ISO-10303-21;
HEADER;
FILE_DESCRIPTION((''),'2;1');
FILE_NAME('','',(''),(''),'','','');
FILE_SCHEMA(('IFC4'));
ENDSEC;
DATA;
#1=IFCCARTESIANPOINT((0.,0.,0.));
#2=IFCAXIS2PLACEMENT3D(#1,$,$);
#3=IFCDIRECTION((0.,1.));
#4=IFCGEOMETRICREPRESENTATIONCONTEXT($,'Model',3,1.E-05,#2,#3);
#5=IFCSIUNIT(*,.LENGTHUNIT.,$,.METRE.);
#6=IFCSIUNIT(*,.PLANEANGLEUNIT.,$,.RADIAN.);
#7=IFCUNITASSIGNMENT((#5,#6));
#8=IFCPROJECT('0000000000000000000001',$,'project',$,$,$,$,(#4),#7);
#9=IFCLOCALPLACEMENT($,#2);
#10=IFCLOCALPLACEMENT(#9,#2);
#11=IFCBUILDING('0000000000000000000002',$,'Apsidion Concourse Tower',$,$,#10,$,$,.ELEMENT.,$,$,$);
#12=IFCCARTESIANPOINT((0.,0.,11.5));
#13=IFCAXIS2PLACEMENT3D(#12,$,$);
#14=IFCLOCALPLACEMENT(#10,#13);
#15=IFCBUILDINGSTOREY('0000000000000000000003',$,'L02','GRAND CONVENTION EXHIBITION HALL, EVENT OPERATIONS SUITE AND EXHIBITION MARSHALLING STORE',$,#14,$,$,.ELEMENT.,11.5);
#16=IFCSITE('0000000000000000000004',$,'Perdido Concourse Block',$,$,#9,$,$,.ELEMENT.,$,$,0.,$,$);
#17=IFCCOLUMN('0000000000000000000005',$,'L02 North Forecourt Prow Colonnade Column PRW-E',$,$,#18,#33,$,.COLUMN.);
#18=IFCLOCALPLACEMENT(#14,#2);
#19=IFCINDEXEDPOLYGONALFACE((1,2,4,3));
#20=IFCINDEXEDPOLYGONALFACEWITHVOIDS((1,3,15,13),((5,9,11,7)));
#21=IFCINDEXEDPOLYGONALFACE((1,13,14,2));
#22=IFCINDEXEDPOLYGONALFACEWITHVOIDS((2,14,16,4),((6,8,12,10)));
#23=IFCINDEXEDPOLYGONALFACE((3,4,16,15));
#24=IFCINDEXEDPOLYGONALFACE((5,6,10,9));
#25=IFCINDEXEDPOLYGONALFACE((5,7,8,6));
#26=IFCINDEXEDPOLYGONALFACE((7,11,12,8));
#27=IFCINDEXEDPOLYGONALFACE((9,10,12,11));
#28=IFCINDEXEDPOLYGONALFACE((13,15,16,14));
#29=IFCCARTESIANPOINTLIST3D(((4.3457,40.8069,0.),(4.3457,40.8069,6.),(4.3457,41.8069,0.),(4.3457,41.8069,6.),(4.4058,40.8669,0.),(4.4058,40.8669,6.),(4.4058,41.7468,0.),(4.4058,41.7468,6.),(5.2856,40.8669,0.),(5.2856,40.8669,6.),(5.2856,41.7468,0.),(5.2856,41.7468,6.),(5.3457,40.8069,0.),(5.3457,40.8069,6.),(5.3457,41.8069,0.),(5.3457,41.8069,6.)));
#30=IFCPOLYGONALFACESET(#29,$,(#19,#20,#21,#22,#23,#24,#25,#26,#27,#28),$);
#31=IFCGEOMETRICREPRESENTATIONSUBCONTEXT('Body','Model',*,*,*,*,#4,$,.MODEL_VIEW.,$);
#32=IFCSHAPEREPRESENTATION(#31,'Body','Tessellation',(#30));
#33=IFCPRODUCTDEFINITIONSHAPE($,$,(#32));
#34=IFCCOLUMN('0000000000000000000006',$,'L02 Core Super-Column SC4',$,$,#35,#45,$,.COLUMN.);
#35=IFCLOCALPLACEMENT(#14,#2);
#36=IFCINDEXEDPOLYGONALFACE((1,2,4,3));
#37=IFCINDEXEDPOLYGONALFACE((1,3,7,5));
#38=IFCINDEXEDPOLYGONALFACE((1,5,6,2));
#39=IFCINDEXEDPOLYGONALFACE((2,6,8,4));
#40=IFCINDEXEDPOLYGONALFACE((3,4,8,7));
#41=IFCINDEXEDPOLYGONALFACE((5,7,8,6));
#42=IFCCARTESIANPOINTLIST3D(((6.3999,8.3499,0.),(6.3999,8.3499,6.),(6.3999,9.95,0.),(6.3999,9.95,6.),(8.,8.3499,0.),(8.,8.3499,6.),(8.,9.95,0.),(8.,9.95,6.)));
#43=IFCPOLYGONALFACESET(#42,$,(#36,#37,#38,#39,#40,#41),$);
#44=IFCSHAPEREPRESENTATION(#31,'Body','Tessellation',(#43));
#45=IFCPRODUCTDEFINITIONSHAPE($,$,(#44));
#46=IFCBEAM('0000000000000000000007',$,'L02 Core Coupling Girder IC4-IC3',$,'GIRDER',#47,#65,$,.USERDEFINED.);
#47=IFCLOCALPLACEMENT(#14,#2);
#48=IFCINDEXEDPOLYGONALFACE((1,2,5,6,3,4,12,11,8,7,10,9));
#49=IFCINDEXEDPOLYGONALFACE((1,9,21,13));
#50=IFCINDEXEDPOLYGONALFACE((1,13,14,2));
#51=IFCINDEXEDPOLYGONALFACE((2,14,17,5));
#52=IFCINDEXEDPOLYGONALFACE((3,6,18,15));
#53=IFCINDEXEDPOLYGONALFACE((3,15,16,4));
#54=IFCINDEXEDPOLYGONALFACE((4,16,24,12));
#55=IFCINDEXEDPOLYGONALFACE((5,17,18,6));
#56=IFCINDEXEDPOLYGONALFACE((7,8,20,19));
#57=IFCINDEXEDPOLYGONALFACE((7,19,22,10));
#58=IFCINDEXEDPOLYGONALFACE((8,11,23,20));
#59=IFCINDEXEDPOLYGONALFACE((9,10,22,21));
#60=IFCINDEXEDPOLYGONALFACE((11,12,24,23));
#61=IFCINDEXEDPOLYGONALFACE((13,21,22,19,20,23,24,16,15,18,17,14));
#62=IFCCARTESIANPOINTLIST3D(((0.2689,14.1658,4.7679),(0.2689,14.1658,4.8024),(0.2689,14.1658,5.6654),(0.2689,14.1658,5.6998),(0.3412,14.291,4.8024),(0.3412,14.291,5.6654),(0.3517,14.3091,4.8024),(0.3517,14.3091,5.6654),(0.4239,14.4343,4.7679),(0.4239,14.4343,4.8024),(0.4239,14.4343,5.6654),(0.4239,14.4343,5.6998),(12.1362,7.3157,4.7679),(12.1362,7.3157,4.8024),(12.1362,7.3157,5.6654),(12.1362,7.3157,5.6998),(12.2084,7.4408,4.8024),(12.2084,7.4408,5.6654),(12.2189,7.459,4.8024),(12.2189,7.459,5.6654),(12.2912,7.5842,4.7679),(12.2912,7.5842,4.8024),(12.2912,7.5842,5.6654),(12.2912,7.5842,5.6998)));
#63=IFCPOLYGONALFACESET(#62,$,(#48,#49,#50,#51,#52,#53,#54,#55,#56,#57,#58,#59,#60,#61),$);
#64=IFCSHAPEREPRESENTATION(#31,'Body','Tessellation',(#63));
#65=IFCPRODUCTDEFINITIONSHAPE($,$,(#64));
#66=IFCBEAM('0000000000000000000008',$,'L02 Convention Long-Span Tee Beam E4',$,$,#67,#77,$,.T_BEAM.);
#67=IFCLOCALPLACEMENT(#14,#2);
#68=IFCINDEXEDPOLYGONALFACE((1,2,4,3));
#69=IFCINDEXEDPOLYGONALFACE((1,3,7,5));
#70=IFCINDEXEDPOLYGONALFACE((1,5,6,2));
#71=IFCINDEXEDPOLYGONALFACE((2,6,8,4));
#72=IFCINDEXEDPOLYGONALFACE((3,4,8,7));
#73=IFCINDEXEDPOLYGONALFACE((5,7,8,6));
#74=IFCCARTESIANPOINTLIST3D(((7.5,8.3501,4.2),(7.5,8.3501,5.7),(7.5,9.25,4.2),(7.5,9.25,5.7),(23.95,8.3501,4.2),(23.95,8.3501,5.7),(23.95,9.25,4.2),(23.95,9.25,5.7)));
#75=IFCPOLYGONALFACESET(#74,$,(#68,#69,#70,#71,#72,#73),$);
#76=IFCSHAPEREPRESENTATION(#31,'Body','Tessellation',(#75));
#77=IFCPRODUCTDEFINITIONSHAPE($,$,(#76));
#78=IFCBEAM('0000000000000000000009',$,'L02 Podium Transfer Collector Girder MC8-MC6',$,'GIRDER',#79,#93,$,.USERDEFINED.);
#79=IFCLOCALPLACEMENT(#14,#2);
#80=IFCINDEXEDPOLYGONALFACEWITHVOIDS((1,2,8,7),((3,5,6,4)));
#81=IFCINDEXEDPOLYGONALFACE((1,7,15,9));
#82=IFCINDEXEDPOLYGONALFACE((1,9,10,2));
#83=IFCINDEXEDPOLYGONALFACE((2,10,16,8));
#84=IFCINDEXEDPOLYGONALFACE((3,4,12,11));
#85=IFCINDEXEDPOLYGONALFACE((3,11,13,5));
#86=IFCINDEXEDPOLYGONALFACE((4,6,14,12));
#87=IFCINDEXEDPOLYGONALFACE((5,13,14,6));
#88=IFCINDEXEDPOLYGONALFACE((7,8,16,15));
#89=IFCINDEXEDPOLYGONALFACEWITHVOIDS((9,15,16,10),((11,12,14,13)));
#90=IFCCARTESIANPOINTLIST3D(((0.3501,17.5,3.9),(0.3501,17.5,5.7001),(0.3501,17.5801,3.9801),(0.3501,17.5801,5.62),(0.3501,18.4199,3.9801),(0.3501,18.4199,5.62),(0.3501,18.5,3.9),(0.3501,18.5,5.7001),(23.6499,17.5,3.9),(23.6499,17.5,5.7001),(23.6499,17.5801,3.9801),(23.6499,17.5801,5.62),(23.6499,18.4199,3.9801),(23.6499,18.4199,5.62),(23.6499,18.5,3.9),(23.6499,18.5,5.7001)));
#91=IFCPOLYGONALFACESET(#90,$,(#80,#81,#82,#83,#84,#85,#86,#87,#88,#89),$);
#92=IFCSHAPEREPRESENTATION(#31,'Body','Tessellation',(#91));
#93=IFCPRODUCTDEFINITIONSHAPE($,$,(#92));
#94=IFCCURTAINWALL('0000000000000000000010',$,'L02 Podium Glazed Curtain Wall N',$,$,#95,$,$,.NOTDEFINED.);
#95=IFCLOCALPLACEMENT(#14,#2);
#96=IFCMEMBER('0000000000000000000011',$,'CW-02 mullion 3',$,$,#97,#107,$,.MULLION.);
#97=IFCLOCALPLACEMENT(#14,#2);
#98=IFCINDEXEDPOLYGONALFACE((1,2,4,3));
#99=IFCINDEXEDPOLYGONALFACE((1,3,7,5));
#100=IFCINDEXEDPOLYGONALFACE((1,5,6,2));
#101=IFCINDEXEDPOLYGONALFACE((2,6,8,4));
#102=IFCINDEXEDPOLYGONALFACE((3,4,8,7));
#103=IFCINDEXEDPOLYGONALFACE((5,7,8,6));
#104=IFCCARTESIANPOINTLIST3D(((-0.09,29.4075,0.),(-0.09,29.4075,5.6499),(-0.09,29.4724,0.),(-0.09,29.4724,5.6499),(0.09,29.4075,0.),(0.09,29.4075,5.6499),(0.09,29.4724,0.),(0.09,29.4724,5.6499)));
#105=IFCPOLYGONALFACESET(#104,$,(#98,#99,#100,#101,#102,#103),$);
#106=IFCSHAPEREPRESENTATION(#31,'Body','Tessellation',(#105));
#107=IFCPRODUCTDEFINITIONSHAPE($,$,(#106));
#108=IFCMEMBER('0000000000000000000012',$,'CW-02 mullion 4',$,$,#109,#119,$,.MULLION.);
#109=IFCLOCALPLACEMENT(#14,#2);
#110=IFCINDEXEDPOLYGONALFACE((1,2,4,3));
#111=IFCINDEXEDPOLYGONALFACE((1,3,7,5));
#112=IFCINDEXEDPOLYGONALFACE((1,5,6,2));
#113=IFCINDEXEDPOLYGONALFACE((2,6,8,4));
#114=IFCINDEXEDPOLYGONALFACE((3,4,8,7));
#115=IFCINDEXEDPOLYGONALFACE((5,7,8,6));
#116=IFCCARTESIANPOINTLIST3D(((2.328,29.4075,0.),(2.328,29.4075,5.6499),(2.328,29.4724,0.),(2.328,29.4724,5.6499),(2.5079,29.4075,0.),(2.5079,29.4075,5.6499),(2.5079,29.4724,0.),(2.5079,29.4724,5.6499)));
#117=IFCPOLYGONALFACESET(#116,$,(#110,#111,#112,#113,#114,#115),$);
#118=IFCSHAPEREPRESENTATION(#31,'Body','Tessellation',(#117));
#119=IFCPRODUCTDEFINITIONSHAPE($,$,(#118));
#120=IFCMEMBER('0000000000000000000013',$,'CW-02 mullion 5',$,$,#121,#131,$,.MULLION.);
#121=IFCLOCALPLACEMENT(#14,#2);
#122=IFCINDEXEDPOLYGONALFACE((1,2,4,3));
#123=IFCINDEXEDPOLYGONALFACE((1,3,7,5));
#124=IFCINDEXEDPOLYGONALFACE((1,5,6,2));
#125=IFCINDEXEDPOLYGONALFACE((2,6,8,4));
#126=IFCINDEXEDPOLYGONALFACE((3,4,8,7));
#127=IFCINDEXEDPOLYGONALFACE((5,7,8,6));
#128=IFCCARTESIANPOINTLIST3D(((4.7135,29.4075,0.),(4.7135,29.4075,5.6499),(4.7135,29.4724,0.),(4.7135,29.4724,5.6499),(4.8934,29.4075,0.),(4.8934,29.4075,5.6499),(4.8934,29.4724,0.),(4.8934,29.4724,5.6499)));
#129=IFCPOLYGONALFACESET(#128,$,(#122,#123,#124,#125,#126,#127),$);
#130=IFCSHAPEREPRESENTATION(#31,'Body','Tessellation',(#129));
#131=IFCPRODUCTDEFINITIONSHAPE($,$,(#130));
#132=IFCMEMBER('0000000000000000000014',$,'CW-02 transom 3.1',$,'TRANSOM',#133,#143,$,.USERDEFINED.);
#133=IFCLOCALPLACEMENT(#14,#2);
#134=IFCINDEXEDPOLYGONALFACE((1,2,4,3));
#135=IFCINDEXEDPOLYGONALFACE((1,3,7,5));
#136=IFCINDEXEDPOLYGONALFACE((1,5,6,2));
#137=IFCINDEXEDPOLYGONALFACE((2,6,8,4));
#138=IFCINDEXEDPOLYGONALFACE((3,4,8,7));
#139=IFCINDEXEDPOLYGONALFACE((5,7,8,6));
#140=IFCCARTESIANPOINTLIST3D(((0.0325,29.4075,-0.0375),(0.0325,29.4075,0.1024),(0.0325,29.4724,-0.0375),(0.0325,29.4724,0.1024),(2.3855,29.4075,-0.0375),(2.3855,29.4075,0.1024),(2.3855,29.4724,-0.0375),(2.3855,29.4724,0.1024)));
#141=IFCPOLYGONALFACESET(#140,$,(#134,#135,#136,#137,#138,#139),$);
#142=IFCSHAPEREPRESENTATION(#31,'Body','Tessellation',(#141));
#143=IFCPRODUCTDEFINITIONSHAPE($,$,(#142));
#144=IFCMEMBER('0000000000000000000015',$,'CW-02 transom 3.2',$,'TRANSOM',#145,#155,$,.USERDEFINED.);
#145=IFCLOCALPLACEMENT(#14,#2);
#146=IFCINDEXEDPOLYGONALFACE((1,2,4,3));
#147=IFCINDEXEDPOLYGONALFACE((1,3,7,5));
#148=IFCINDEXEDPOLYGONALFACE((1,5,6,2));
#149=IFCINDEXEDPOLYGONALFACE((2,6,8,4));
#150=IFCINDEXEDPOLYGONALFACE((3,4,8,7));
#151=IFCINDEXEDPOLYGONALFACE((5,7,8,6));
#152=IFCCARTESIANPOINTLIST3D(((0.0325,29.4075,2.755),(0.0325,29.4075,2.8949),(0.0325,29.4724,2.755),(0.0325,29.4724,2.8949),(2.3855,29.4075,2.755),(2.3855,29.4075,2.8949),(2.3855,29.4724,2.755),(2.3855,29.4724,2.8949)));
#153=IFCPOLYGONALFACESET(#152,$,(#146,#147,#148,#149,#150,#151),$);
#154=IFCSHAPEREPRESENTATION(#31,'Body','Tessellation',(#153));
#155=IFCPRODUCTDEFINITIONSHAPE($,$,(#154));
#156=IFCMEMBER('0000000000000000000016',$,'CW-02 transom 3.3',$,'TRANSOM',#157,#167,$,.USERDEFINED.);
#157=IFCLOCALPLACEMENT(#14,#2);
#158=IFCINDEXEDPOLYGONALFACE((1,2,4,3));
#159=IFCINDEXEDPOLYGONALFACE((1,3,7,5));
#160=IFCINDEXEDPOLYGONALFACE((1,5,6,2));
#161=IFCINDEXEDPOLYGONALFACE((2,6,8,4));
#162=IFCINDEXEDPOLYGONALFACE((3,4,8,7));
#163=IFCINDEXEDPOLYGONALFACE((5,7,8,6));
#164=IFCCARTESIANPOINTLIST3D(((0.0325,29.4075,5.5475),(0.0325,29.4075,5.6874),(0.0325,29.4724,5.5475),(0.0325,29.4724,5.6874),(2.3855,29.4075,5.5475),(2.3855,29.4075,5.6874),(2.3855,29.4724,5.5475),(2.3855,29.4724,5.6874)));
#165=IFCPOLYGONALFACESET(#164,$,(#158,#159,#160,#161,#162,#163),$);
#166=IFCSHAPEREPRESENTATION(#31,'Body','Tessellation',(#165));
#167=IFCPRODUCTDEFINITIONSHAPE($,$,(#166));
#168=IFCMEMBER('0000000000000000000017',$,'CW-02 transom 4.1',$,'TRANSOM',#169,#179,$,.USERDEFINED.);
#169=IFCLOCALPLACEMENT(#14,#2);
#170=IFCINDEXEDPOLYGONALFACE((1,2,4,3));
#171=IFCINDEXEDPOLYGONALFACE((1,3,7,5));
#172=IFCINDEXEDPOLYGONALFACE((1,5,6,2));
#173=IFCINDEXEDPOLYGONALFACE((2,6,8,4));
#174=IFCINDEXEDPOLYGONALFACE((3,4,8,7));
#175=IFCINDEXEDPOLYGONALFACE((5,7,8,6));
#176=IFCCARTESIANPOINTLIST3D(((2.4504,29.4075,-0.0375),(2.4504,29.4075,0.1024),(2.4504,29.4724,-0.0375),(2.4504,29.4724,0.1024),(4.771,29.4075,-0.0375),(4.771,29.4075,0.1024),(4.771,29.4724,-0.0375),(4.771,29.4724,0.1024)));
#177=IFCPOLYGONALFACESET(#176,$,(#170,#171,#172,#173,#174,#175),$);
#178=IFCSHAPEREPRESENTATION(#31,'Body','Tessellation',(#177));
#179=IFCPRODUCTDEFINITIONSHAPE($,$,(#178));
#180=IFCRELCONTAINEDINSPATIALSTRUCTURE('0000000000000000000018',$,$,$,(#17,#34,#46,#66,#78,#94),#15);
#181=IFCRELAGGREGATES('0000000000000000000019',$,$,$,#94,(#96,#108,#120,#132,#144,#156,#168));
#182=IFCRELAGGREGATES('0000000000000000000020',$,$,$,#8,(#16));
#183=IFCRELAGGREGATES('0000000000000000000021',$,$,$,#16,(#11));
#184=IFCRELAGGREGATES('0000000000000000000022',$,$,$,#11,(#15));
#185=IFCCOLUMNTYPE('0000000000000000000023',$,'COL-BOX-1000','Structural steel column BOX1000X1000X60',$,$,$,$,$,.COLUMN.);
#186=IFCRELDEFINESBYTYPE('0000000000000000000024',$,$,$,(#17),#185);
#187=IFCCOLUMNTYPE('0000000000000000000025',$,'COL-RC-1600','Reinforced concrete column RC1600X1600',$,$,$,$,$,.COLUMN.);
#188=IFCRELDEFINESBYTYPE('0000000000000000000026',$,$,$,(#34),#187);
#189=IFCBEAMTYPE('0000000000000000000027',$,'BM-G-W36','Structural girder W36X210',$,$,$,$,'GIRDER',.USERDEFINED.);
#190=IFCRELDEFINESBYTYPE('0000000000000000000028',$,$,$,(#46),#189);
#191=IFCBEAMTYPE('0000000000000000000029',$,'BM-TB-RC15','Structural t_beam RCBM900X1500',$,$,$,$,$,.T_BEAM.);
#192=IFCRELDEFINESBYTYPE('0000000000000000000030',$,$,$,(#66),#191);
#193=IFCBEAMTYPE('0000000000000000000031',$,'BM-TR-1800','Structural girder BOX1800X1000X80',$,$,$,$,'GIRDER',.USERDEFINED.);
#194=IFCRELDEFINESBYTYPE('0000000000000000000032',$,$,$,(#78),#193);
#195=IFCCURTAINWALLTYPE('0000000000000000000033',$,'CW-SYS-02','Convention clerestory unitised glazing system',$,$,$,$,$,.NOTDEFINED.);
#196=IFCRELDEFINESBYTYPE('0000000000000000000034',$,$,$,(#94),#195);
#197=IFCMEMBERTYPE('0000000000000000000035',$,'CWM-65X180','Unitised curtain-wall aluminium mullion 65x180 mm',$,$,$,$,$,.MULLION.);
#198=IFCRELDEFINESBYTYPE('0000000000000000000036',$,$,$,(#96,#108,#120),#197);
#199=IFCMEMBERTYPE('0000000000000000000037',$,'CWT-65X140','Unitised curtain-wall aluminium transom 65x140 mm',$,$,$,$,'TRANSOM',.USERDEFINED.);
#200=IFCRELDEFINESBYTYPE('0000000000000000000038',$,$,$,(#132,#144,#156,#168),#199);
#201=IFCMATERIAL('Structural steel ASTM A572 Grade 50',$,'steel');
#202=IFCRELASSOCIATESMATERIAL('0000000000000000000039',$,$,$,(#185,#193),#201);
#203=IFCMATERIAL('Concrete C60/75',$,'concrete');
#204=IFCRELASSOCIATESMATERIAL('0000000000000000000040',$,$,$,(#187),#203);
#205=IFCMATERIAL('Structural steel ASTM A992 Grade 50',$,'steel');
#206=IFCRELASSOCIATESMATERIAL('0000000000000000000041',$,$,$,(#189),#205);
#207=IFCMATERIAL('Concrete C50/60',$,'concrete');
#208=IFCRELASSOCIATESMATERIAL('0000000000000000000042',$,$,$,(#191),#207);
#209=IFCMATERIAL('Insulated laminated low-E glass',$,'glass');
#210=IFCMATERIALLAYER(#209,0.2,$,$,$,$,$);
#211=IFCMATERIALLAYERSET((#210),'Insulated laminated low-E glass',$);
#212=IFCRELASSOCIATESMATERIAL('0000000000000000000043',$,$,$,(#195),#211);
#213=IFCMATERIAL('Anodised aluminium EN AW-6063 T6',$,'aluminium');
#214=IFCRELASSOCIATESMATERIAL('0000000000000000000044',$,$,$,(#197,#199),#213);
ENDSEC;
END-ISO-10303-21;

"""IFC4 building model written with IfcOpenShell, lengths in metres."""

from ifc_helpers import new_model, si_unit, direction, frame, origin, origin_2d, place, context, subcontext, project, spatial, rectangle, hollow_rectangle, i_section, extrude, material, layer, layer_set, material_profile, profile_set, type_object, element, aggregate, save


model = new_model("IFC4")

# Units and contexts
model_context = context("Model", 3, precision=1e-05, world=origin(), true_north=direction((0.0, 1.0)))
body_context = subcontext(model_context, "Body", "Model", "MODEL_VIEW")
ifc_project = project(units=[si_unit("LENGTHUNIT", "METRE"), si_unit("PLANEANGLEUNIT", "RADIAN")], contexts=[model_context])

# Site, building, storey
site_placement = place(None, origin())
site = spatial("IfcSite", under=ifc_project, at=site_placement, Name="Perdido Concourse Block", CompositionType="ELEMENT", RefElevation=0.0)
building_placement = place(site_placement, origin())
building = spatial("IfcBuilding", under=site, at=building_placement, Name="Apsidion Concourse Tower", CompositionType="ELEMENT")
storey_placement = place(building_placement, frame((0.0, 0.0, 11.5)))
storey = spatial("IfcBuildingStorey", under=building, at=storey_placement, Name="L02", Description="GRAND CONVENTION EXHIBITION HALL, EVENT OPERATIONS SUITE AND EXHIBITION MARSHALLING STORE", CompositionType="ELEMENT", Elevation=11.5)

# Columns
ifc_material_1 = material(Name="Structural steel ASTM A572 Grade 50", Category="steel")
ifc_material_profile_1 = material_profile(ifc_material_1, hollow_rectangle(XDim=1.0, YDim=1.0, WallThickness=0.0601, at=origin_2d()), Name="BOX1000X1000X60")
ifc_profile_set_1 = profile_set([ifc_material_profile_1], Name="Structural steel ASTM A572 Grade 50")
column_type_1 = type_object("IfcColumnType", Name="COL-BOX-1000", Description="Structural steel column BOX1000X1000X60", PredefinedType="COLUMN", material=ifc_profile_set_1)
column_1_placement = place(storey_placement, frame((4.8457, 41.3069, 0.0), z_axis=(0.0, 0.0, 1.0), x_axis=(1.0, 0.0, 0.0)))
element("IfcColumn", 1, at=column_1_placement, inside=storey, type_object=column_type_1, Name="L02 North Forecourt Prow Colonnade Column PRW-E", PredefinedType="COLUMN", context=body_context, shape_type="SweptSolid", body=[
    extrude(hollow_rectangle(XDim=1.0, YDim=1.0, WallThickness=0.0601, at=origin_2d()), origin(), (0.0, 0.0, 1.0), 6.0),
])
ifc_material_2 = material(Name="Concrete C60/75", Category="concrete")
ifc_material_profile_2 = material_profile(ifc_material_2, rectangle(XDim=1.6001, YDim=1.6001, at=origin_2d()), Name="RC 1600x1600")
ifc_profile_set_2 = profile_set([ifc_material_profile_2], Name="Concrete C60/75")
column_type_2 = type_object("IfcColumnType", Name="COL-RC-1600", Description="Reinforced concrete column RC1600X1600", PredefinedType="COLUMN", material=ifc_profile_set_2)
column_2_placement = place(storey_placement, frame((7.2, 9.1499, 0.0), z_axis=(0.0, 0.0, 1.0), x_axis=(1.0, 0.0, 0.0)))
element("IfcColumn", 2, at=column_2_placement, inside=storey, type_object=column_type_2, Name="L02 Core Super-Column SC4", PredefinedType="COLUMN", context=body_context, shape_type="SweptSolid", body=[
    extrude(rectangle(XDim=1.6001, YDim=1.6001, at=origin_2d()), origin(), (0.0, 0.0, 1.0), 6.0),
])

# Beams
ifc_material_3 = material(Name="Structural steel ASTM A992 Grade 50", Category="steel")
ifc_material_profile_3 = material_profile(ifc_material_3, i_section(OverallWidth=0.3101, OverallDepth=0.9319, WebThickness=0.021, FlangeThickness=0.0344, at=origin_2d()), Name="W36X210")
ifc_profile_set_3 = profile_set([ifc_material_profile_3], Name="Structural steel ASTM A992 Grade 50")
beam_type_1 = type_object("IfcBeamType", Name="BM-G-W36", Description="Structural girder W36X210", ElementType="GIRDER", PredefinedType="USERDEFINED", material=ifc_profile_set_3)
beam_1_placement = place(storey_placement, frame((0.3464, 14.3, 5.2339), z_axis=(0.86607, -0.499922, 0.0), x_axis=(0.499922, 0.86607, 0.0)))
element("IfcBeam", 3, at=beam_1_placement, inside=storey, type_object=beam_type_1, Name="L02 Core Coupling Girder IC4-IC3", ObjectType="GIRDER", PredefinedType="USERDEFINED", context=body_context, shape_type="SweptSolid", body=[
    extrude(i_section(OverallWidth=0.3101, OverallDepth=0.9319, WebThickness=0.021, FlangeThickness=0.0344, at=origin_2d()), origin(), (0.0, 0.0, 1.0), 13.7024),
])
ifc_material_4 = material(Name="Concrete C50/60", Category="concrete")
ifc_material_profile_4 = material_profile(ifc_material_4, rectangle(XDim=0.8999, YDim=1.5, at=origin_2d()), Name="RC 900x1500")
ifc_profile_set_4 = profile_set([ifc_material_profile_4], Name="Concrete C50/60")
beam_type_2 = type_object("IfcBeamType", Name="BM-TB-RC15", Description="Structural t_beam RCBM900X1500", PredefinedType="T_BEAM", material=ifc_profile_set_4)
beam_2_placement = place(storey_placement, frame((7.5, 8.8, 4.95), z_axis=(1.0, 0.0, 0.0), x_axis=(0.0, 1.0, 0.0)))
element("IfcBeam", 4, at=beam_2_placement, inside=storey, type_object=beam_type_2, Name="L02 Convention Long-Span Tee Beam E4", PredefinedType="T_BEAM", context=body_context, shape_type="SweptSolid", body=[
    extrude(rectangle(XDim=0.8999, YDim=1.5, at=origin_2d()), origin(), (0.0, 0.0, 1.0), 16.45),
])
ifc_material_profile_5 = material_profile(ifc_material_1, hollow_rectangle(XDim=1.0, YDim=1.8, WallThickness=0.0801, at=origin_2d()), Name="BOX1800X1000X80")
ifc_profile_set_5 = profile_set([ifc_material_profile_5], Name="Structural steel ASTM A572 Grade 50")
beam_type_3 = type_object("IfcBeamType", Name="BM-TR-1800", Description="Structural girder BOX1800X1000X80", ElementType="GIRDER", PredefinedType="USERDEFINED", material=ifc_profile_set_5)
beam_3_placement = place(storey_placement, frame((0.3501, 18.0, 4.8), z_axis=(1.0, 0.0, 0.0), x_axis=(0.0, 1.0, 0.0)))
element("IfcBeam", 5, at=beam_3_placement, inside=storey, type_object=beam_type_3, Name="L02 Podium Transfer Collector Girder MC8-MC6", ObjectType="GIRDER", PredefinedType="USERDEFINED", context=body_context, shape_type="SweptSolid", body=[
    extrude(hollow_rectangle(XDim=1.0, YDim=1.8, WallThickness=0.0801, at=origin_2d()), origin(), (0.0, 0.0, 1.0), 23.2998),
])

# Curtain wall, members
ifc_material_5 = material(Name="Insulated laminated low-E glass", Category="glass")
ifc_layer_1 = layer(ifc_material_5, 0.2)
ifc_layer_set_1 = layer_set([ifc_layer_1], Name="Insulated laminated low-E glass")
curtain_wall_type = type_object("IfcCurtainWallType", Name="CW-SYS-02", Description="Convention clerestory unitised glazing system", PredefinedType="NOTDEFINED", material=ifc_layer_set_1)
curtain_wall_placement = place(storey_placement, origin())
curtain_wall = element("IfcCurtainWall", 6, at=curtain_wall_placement, inside=storey, type_object=curtain_wall_type, Name="L02 Podium Glazed Curtain Wall N", PredefinedType="NOTDEFINED")
ifc_material_6 = material(Name="Anodised aluminium EN AW-6063 T6", Category="aluminium")
ifc_material_profile_6 = material_profile(ifc_material_6, rectangle(XDim=0.0649, YDim=0.1799, at=origin_2d()), Name="ALU MULLION 65x180")
ifc_profile_set_6 = profile_set([ifc_material_profile_6], Name="Anodised aluminium EN AW-6063 T6")
member_type_1 = type_object("IfcMemberType", Name="CWM-65X180", Description="Unitised curtain-wall aluminium mullion 65x180 mm", PredefinedType="MULLION", material=ifc_profile_set_6)
member_1_placement = place(storey_placement, frame((0.0, 29.4399, 0.0), z_axis=(0.0, 0.0, 1.0), x_axis=(0.0, 1.0, 0.0)))
member_1 = element("IfcMember", 7, at=member_1_placement, type_object=member_type_1, Name="CW-02 mullion 3", PredefinedType="MULLION", context=body_context, shape_type="SweptSolid", body=[
    extrude(rectangle(XDim=0.0649, YDim=0.1799, at=origin_2d()), origin(), (0.0, 0.0, 1.0), 5.6499),
])
member_2_placement = place(storey_placement, frame((2.418, 29.4399, 0.0), z_axis=(0.0, 0.0, 1.0), x_axis=(0.0, 1.0, 0.0)))
member_2 = element("IfcMember", 8, at=member_2_placement, type_object=member_type_1, Name="CW-02 mullion 4", PredefinedType="MULLION", context=body_context, shape_type="SweptSolid", body=[
    extrude(rectangle(XDim=0.0649, YDim=0.1799, at=origin_2d()), origin(), (0.0, 0.0, 1.0), 5.6499),
])
member_3_placement = place(storey_placement, frame((4.8035, 29.4399, 0.0), z_axis=(0.0, 0.0, 1.0), x_axis=(0.0, 1.0, 0.0)))
member_3 = element("IfcMember", 9, at=member_3_placement, type_object=member_type_1, Name="CW-02 mullion 5", PredefinedType="MULLION", context=body_context, shape_type="SweptSolid", body=[
    extrude(rectangle(XDim=0.0649, YDim=0.1799, at=origin_2d()), origin(), (0.0, 0.0, 1.0), 5.6499),
])
ifc_material_profile_7 = material_profile(ifc_material_6, rectangle(XDim=0.0649, YDim=0.1399, at=origin_2d()), Name="ALU TRANSOM 65x140")
ifc_profile_set_7 = profile_set([ifc_material_profile_7], Name="Anodised aluminium EN AW-6063 T6")
member_type_2 = type_object("IfcMemberType", Name="CWT-65X140", Description="Unitised curtain-wall aluminium transom 65x140 mm", ElementType="TRANSOM", PredefinedType="USERDEFINED", material=ifc_profile_set_7)
member_4_placement = place(storey_placement, frame((0.0325, 29.4399, 0.0325), z_axis=(1.0, 0.0, 0.0), x_axis=(0.0, 1.0, 0.0)))
member_4 = element("IfcMember", 10, at=member_4_placement, type_object=member_type_2, Name="CW-02 transom 3.1", ObjectType="TRANSOM", PredefinedType="USERDEFINED", context=body_context, shape_type="SweptSolid", body=[
    extrude(rectangle(XDim=0.0649, YDim=0.1399, at=origin_2d()), origin(), (0.0, 0.0, 1.0), 2.353),
])
member_5_placement = place(storey_placement, frame((0.0325, 29.4399, 2.825), z_axis=(1.0, 0.0, 0.0), x_axis=(0.0, 1.0, 0.0)))
member_5 = element("IfcMember", 11, at=member_5_placement, type_object=member_type_2, Name="CW-02 transom 3.2", ObjectType="TRANSOM", PredefinedType="USERDEFINED", context=body_context, shape_type="SweptSolid", body=[
    extrude(rectangle(XDim=0.0649, YDim=0.1399, at=origin_2d()), origin(), (0.0, 0.0, 1.0), 2.353),
])
member_6_placement = place(storey_placement, frame((0.0325, 29.4399, 5.6174), z_axis=(1.0, 0.0, 0.0), x_axis=(0.0, 1.0, 0.0)))
member_6 = element("IfcMember", 12, at=member_6_placement, type_object=member_type_2, Name="CW-02 transom 3.3", ObjectType="TRANSOM", PredefinedType="USERDEFINED", context=body_context, shape_type="SweptSolid", body=[
    extrude(rectangle(XDim=0.0649, YDim=0.1399, at=origin_2d()), origin(), (0.0, 0.0, 1.0), 2.353),
])
member_7_placement = place(storey_placement, frame((2.4504, 29.4399, 0.0325), z_axis=(1.0, 0.0, 0.0), x_axis=(0.0, 1.0, 0.0)))
member_7 = element("IfcMember", 13, at=member_7_placement, type_object=member_type_2, Name="CW-02 transom 4.1", ObjectType="TRANSOM", PredefinedType="USERDEFINED", context=body_context, shape_type="SweptSolid", body=[
    extrude(rectangle(XDim=0.0649, YDim=0.1399, at=origin_2d()), origin(), (0.0, 0.0, 1.0), 2.3206),
])
aggregate(curtain_wall, [member_1, member_2, member_3, member_4, member_5, member_6, member_7])

save(model, "model.ifc")
